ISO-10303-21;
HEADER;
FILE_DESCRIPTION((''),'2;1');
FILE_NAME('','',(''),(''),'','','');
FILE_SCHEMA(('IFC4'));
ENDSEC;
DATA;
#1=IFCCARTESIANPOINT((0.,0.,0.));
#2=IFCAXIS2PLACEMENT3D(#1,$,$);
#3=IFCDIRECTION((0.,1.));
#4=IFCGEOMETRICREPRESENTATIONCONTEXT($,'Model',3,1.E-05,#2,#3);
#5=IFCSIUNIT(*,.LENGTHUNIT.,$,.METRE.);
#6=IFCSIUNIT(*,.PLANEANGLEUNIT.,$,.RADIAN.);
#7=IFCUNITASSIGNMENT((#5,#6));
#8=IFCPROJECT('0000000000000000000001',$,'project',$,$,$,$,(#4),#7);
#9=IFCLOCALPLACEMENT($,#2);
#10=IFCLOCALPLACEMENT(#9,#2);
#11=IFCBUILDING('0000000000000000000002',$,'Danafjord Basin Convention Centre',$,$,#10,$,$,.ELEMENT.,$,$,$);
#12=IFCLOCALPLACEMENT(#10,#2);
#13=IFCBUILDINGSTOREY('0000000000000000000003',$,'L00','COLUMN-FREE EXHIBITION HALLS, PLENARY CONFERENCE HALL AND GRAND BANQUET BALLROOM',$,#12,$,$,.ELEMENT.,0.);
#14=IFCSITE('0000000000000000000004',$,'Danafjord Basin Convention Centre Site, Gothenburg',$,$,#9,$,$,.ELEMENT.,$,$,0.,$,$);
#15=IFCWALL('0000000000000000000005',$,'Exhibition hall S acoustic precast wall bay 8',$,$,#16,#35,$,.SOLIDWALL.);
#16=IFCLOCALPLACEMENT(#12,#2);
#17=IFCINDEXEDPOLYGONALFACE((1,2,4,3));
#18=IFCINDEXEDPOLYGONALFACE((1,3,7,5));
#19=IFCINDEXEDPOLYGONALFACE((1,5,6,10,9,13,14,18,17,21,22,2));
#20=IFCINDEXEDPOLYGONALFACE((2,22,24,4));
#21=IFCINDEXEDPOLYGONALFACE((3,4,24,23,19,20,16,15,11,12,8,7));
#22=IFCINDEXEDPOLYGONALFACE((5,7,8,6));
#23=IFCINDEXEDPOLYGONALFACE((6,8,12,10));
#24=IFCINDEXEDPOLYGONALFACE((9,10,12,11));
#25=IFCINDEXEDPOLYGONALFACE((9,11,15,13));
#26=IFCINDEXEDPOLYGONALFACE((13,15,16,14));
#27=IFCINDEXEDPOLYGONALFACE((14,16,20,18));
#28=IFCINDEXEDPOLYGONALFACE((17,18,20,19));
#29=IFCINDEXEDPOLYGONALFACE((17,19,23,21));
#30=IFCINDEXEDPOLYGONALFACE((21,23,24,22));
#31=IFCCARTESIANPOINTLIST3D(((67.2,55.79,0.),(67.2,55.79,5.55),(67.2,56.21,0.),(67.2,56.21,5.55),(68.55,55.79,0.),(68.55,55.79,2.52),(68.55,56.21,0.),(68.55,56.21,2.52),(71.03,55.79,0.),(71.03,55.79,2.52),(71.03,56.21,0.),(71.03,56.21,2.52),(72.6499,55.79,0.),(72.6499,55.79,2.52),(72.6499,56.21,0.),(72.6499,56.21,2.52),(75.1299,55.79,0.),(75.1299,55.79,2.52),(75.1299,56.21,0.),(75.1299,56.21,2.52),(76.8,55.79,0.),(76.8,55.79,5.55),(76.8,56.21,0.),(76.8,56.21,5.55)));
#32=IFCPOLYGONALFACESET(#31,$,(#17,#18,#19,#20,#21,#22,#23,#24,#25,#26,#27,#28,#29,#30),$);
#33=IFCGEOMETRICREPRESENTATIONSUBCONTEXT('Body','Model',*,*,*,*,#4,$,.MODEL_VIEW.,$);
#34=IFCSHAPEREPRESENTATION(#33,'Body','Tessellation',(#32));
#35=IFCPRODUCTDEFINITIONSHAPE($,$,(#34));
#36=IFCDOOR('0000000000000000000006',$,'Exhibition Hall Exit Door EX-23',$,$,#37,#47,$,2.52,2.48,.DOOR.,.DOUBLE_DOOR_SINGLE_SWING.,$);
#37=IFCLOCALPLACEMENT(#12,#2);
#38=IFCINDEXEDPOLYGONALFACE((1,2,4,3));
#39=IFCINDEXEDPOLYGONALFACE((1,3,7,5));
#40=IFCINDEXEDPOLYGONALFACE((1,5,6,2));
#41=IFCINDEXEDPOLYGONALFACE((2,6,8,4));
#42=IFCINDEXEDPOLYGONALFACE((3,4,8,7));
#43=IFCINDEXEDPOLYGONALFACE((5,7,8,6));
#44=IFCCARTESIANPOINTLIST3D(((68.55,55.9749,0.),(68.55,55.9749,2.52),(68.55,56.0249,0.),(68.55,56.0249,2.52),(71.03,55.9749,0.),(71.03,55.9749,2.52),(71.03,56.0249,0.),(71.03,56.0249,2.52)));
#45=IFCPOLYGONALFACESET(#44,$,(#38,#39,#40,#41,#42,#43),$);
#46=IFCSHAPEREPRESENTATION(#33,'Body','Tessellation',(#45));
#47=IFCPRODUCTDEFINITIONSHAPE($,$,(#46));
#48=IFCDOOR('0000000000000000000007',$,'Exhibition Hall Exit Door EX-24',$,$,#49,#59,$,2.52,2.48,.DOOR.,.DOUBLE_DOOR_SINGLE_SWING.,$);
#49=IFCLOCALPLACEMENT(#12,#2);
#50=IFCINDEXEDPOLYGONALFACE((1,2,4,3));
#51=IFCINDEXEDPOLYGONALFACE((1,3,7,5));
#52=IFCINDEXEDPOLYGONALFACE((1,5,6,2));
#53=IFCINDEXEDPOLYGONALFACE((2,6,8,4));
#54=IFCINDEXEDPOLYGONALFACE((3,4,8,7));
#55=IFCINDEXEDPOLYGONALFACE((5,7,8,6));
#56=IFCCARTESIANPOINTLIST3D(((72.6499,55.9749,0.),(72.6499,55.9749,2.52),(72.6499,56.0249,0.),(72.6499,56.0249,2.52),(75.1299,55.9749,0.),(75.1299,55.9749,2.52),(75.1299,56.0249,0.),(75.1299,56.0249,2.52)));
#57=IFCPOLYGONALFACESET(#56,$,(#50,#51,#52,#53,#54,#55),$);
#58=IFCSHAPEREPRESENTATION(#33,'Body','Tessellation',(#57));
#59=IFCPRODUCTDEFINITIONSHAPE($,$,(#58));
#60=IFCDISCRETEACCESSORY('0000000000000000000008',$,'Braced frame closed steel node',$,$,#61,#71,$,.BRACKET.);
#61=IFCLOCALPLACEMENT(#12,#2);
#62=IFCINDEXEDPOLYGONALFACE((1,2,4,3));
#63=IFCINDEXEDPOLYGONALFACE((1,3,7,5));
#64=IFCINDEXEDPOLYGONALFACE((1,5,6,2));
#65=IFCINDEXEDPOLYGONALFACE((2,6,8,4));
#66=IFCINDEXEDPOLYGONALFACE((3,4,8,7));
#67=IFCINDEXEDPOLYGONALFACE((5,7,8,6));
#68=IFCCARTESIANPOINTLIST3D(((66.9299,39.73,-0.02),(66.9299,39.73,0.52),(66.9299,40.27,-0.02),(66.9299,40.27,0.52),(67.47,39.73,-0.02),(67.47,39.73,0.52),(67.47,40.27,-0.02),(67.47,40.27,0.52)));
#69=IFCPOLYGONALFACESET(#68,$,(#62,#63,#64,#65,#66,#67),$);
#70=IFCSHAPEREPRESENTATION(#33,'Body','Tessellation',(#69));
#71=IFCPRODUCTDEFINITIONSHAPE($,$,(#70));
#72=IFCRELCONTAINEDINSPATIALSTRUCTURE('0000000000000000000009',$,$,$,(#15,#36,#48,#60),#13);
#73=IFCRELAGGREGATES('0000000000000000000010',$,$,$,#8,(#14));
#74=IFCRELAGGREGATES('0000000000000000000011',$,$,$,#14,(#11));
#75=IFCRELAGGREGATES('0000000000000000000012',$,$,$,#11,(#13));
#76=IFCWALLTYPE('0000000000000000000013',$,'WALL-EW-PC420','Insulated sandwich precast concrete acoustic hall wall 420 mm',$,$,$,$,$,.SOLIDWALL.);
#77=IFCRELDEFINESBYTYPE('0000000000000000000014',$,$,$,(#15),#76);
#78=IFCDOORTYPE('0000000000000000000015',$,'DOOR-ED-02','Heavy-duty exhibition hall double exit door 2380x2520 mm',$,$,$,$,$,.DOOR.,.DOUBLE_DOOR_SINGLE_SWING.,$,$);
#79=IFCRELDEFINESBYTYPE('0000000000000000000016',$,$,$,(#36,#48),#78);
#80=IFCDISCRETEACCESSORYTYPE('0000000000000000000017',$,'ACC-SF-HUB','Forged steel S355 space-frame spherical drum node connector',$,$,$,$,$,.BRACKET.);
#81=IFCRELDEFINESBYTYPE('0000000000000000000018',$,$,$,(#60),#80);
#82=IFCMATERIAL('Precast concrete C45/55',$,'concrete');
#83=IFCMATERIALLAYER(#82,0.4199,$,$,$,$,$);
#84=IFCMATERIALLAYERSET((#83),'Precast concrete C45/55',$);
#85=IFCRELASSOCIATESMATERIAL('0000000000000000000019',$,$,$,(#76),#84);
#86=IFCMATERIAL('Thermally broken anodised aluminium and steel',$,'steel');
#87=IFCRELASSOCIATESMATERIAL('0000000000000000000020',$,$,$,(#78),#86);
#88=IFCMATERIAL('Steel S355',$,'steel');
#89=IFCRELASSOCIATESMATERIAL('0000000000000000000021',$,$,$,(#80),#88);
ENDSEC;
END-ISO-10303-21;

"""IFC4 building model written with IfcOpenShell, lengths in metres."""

from ifc_helpers import new_model, si_unit, direction, frame, frame_2d, origin, origin_2d, place, context, subcontext, project, spatial, rectangle, extrude, material, layer, layer_set, type_object, element, fill, save


model = new_model("IFC4")

# Units and contexts
model_context = context("Model", 3, precision=1e-05, world=origin(), true_north=direction((0.0, 1.0)))
body_context = subcontext(model_context, "Body", "Model", "MODEL_VIEW")
ifc_project = project(units=[si_unit("LENGTHUNIT", "METRE"), si_unit("PLANEANGLEUNIT", "RADIAN")], contexts=[model_context])

# Site, building, storey
site_placement = place(None, origin())
site = spatial("IfcSite", under=ifc_project, at=site_placement, Name="Danafjord Basin Convention Centre Site, Gothenburg", CompositionType="ELEMENT", RefElevation=0.0)
building_placement = place(site_placement, origin())
building = spatial("IfcBuilding", under=site, at=building_placement, Name="Danafjord Basin Convention Centre", CompositionType="ELEMENT")
storey_placement = place(building_placement, origin())
storey = spatial("IfcBuildingStorey", under=building, at=storey_placement, Name="L00", Description="COLUMN-FREE EXHIBITION HALLS, PLENARY CONFERENCE HALL AND GRAND BANQUET BALLROOM", CompositionType="ELEMENT", Elevation=0.0)

# Shared definitions
ifc_material_1 = material(Name="Steel S355", Category="steel")

# Shared definitions
ifc_material_2 = material(Name="Thermally broken anodised aluminium and steel", Category="steel")

# Wall, openings, doors
ifc_material_3 = material(Name="Precast concrete C45/55", Category="concrete")
ifc_layer_1 = layer(ifc_material_3, 0.4199)
ifc_layer_set_1 = layer_set([ifc_layer_1], Name="Precast concrete C45/55")
wall_type_1 = type_object("IfcWallType", Name="WALL-EW-PC420", Description="Insulated sandwich precast concrete acoustic hall wall 420 mm", PredefinedType="SOLIDWALL", material=ifc_layer_set_1)
wall_1_placement = place(storey_placement, frame((67.2, 56.0, 0.0), z_axis=(0.0, 0.0, 1.0), x_axis=(1.0, 0.0, 0.0)))
wall_1 = element("IfcWall", 1, at=wall_1_placement, inside=storey, type_object=wall_type_1, Name="Exhibition hall S acoustic precast wall bay 8", PredefinedType="SOLIDWALL", context=body_context, shape_type="SweptSolid", body=[
    extrude(rectangle(XDim=9.6001, YDim=0.4199, at=frame_2d((4.8, 0.0))), origin(), (0.0, 0.0, 1.0), 5.55),
])
opening_1_placement = place(wall_1_placement, frame((1.3501, 0.0, 0.0)))
opening_1 = element("IfcOpeningElement", 2, at=opening_1_placement, cuts=wall_1, PredefinedType="OPENING", context=body_context, shape_type="SweptSolid", body=[
    extrude(rectangle(XDim=2.48, YDim=2.52, at=frame_2d((1.24, 1.26))), frame((0.0, 0.22, 0.0), z_axis=(0.0, -1.0, 0.0), x_axis=(1.0, 0.0, 0.0)), (0.0, 0.0, 1.0), 0.4399),
])
opening_2_placement = place(wall_1_placement, frame((5.45, 0.0, 0.0)))
opening_2 = element("IfcOpeningElement", 3, at=opening_2_placement, cuts=wall_1, PredefinedType="OPENING", context=body_context, shape_type="SweptSolid", body=[
    extrude(rectangle(XDim=2.48, YDim=2.52, at=frame_2d((1.24, 1.26))), frame((0.0, 0.22, 0.0), z_axis=(0.0, -1.0, 0.0), x_axis=(1.0, 0.0, 0.0)), (0.0, 0.0, 1.0), 0.4399),
])
door_type_1 = type_object("IfcDoorType", Name="DOOR-ED-02", Description="Heavy-duty exhibition hall double exit door 2380x2520 mm", OperationType="DOUBLE_DOOR_SINGLE_SWING", PredefinedType="DOOR", material=ifc_material_2)
door_1_placement = place(opening_1_placement, origin())
door_1 = element("IfcDoor", 4, at=door_1_placement, inside=storey, type_object=door_type_1, Name="Exhibition Hall Exit Door EX-23", OperationType="DOUBLE_DOOR_SINGLE_SWING", OverallHeight=2.52, OverallWidth=2.48, PredefinedType="DOOR", context=body_context, shape_type="SweptSolid", body=[
    extrude(rectangle(XDim=2.48, YDim=2.52, at=frame_2d((1.24, 1.26))), frame((0.0, 0.0249, 0.0), z_axis=(0.0, -1.0, 0.0), x_axis=(1.0, 0.0, 0.0)), (0.0, 0.0, 1.0), 0.05),
])
fill(opening_1, door_1)
door_2_placement = place(opening_2_placement, origin())
door_2 = element("IfcDoor", 5, at=door_2_placement, inside=storey, type_object=door_type_1, Name="Exhibition Hall Exit Door EX-24", OperationType="DOUBLE_DOOR_SINGLE_SWING", OverallHeight=2.52, OverallWidth=2.48, PredefinedType="DOOR", context=body_context, shape_type="SweptSolid", body=[
    extrude(rectangle(XDim=2.48, YDim=2.52, at=frame_2d((1.24, 1.26))), frame((0.0, 0.0249, 0.0), z_axis=(0.0, -1.0, 0.0), x_axis=(1.0, 0.0, 0.0)), (0.0, 0.0, 1.0), 0.05),
])
fill(opening_2, door_2)

# Discrete accessory
discrete_accessory_type = type_object("IfcDiscreteAccessoryType", Name="ACC-SF-HUB", Description="Forged steel S355 space-frame spherical drum node connector", PredefinedType="BRACKET", material=ifc_material_1)
discrete_accessory_placement = place(storey_placement, frame((67.2, 40.0, -0.02), z_axis=(0.0, 0.0, 1.0), x_axis=(1.0, 0.0, 0.0)))
element("IfcDiscreteAccessory", 6, at=discrete_accessory_placement, inside=storey, type_object=discrete_accessory_type, Name="Braced frame closed steel node", PredefinedType="BRACKET", context=body_context, shape_type="SweptSolid", body=[
    extrude(rectangle(XDim=0.54, YDim=0.54, at=origin_2d()), origin(), (0.0, 0.0, 1.0), 0.54),
])

save(model, "model.ifc")
